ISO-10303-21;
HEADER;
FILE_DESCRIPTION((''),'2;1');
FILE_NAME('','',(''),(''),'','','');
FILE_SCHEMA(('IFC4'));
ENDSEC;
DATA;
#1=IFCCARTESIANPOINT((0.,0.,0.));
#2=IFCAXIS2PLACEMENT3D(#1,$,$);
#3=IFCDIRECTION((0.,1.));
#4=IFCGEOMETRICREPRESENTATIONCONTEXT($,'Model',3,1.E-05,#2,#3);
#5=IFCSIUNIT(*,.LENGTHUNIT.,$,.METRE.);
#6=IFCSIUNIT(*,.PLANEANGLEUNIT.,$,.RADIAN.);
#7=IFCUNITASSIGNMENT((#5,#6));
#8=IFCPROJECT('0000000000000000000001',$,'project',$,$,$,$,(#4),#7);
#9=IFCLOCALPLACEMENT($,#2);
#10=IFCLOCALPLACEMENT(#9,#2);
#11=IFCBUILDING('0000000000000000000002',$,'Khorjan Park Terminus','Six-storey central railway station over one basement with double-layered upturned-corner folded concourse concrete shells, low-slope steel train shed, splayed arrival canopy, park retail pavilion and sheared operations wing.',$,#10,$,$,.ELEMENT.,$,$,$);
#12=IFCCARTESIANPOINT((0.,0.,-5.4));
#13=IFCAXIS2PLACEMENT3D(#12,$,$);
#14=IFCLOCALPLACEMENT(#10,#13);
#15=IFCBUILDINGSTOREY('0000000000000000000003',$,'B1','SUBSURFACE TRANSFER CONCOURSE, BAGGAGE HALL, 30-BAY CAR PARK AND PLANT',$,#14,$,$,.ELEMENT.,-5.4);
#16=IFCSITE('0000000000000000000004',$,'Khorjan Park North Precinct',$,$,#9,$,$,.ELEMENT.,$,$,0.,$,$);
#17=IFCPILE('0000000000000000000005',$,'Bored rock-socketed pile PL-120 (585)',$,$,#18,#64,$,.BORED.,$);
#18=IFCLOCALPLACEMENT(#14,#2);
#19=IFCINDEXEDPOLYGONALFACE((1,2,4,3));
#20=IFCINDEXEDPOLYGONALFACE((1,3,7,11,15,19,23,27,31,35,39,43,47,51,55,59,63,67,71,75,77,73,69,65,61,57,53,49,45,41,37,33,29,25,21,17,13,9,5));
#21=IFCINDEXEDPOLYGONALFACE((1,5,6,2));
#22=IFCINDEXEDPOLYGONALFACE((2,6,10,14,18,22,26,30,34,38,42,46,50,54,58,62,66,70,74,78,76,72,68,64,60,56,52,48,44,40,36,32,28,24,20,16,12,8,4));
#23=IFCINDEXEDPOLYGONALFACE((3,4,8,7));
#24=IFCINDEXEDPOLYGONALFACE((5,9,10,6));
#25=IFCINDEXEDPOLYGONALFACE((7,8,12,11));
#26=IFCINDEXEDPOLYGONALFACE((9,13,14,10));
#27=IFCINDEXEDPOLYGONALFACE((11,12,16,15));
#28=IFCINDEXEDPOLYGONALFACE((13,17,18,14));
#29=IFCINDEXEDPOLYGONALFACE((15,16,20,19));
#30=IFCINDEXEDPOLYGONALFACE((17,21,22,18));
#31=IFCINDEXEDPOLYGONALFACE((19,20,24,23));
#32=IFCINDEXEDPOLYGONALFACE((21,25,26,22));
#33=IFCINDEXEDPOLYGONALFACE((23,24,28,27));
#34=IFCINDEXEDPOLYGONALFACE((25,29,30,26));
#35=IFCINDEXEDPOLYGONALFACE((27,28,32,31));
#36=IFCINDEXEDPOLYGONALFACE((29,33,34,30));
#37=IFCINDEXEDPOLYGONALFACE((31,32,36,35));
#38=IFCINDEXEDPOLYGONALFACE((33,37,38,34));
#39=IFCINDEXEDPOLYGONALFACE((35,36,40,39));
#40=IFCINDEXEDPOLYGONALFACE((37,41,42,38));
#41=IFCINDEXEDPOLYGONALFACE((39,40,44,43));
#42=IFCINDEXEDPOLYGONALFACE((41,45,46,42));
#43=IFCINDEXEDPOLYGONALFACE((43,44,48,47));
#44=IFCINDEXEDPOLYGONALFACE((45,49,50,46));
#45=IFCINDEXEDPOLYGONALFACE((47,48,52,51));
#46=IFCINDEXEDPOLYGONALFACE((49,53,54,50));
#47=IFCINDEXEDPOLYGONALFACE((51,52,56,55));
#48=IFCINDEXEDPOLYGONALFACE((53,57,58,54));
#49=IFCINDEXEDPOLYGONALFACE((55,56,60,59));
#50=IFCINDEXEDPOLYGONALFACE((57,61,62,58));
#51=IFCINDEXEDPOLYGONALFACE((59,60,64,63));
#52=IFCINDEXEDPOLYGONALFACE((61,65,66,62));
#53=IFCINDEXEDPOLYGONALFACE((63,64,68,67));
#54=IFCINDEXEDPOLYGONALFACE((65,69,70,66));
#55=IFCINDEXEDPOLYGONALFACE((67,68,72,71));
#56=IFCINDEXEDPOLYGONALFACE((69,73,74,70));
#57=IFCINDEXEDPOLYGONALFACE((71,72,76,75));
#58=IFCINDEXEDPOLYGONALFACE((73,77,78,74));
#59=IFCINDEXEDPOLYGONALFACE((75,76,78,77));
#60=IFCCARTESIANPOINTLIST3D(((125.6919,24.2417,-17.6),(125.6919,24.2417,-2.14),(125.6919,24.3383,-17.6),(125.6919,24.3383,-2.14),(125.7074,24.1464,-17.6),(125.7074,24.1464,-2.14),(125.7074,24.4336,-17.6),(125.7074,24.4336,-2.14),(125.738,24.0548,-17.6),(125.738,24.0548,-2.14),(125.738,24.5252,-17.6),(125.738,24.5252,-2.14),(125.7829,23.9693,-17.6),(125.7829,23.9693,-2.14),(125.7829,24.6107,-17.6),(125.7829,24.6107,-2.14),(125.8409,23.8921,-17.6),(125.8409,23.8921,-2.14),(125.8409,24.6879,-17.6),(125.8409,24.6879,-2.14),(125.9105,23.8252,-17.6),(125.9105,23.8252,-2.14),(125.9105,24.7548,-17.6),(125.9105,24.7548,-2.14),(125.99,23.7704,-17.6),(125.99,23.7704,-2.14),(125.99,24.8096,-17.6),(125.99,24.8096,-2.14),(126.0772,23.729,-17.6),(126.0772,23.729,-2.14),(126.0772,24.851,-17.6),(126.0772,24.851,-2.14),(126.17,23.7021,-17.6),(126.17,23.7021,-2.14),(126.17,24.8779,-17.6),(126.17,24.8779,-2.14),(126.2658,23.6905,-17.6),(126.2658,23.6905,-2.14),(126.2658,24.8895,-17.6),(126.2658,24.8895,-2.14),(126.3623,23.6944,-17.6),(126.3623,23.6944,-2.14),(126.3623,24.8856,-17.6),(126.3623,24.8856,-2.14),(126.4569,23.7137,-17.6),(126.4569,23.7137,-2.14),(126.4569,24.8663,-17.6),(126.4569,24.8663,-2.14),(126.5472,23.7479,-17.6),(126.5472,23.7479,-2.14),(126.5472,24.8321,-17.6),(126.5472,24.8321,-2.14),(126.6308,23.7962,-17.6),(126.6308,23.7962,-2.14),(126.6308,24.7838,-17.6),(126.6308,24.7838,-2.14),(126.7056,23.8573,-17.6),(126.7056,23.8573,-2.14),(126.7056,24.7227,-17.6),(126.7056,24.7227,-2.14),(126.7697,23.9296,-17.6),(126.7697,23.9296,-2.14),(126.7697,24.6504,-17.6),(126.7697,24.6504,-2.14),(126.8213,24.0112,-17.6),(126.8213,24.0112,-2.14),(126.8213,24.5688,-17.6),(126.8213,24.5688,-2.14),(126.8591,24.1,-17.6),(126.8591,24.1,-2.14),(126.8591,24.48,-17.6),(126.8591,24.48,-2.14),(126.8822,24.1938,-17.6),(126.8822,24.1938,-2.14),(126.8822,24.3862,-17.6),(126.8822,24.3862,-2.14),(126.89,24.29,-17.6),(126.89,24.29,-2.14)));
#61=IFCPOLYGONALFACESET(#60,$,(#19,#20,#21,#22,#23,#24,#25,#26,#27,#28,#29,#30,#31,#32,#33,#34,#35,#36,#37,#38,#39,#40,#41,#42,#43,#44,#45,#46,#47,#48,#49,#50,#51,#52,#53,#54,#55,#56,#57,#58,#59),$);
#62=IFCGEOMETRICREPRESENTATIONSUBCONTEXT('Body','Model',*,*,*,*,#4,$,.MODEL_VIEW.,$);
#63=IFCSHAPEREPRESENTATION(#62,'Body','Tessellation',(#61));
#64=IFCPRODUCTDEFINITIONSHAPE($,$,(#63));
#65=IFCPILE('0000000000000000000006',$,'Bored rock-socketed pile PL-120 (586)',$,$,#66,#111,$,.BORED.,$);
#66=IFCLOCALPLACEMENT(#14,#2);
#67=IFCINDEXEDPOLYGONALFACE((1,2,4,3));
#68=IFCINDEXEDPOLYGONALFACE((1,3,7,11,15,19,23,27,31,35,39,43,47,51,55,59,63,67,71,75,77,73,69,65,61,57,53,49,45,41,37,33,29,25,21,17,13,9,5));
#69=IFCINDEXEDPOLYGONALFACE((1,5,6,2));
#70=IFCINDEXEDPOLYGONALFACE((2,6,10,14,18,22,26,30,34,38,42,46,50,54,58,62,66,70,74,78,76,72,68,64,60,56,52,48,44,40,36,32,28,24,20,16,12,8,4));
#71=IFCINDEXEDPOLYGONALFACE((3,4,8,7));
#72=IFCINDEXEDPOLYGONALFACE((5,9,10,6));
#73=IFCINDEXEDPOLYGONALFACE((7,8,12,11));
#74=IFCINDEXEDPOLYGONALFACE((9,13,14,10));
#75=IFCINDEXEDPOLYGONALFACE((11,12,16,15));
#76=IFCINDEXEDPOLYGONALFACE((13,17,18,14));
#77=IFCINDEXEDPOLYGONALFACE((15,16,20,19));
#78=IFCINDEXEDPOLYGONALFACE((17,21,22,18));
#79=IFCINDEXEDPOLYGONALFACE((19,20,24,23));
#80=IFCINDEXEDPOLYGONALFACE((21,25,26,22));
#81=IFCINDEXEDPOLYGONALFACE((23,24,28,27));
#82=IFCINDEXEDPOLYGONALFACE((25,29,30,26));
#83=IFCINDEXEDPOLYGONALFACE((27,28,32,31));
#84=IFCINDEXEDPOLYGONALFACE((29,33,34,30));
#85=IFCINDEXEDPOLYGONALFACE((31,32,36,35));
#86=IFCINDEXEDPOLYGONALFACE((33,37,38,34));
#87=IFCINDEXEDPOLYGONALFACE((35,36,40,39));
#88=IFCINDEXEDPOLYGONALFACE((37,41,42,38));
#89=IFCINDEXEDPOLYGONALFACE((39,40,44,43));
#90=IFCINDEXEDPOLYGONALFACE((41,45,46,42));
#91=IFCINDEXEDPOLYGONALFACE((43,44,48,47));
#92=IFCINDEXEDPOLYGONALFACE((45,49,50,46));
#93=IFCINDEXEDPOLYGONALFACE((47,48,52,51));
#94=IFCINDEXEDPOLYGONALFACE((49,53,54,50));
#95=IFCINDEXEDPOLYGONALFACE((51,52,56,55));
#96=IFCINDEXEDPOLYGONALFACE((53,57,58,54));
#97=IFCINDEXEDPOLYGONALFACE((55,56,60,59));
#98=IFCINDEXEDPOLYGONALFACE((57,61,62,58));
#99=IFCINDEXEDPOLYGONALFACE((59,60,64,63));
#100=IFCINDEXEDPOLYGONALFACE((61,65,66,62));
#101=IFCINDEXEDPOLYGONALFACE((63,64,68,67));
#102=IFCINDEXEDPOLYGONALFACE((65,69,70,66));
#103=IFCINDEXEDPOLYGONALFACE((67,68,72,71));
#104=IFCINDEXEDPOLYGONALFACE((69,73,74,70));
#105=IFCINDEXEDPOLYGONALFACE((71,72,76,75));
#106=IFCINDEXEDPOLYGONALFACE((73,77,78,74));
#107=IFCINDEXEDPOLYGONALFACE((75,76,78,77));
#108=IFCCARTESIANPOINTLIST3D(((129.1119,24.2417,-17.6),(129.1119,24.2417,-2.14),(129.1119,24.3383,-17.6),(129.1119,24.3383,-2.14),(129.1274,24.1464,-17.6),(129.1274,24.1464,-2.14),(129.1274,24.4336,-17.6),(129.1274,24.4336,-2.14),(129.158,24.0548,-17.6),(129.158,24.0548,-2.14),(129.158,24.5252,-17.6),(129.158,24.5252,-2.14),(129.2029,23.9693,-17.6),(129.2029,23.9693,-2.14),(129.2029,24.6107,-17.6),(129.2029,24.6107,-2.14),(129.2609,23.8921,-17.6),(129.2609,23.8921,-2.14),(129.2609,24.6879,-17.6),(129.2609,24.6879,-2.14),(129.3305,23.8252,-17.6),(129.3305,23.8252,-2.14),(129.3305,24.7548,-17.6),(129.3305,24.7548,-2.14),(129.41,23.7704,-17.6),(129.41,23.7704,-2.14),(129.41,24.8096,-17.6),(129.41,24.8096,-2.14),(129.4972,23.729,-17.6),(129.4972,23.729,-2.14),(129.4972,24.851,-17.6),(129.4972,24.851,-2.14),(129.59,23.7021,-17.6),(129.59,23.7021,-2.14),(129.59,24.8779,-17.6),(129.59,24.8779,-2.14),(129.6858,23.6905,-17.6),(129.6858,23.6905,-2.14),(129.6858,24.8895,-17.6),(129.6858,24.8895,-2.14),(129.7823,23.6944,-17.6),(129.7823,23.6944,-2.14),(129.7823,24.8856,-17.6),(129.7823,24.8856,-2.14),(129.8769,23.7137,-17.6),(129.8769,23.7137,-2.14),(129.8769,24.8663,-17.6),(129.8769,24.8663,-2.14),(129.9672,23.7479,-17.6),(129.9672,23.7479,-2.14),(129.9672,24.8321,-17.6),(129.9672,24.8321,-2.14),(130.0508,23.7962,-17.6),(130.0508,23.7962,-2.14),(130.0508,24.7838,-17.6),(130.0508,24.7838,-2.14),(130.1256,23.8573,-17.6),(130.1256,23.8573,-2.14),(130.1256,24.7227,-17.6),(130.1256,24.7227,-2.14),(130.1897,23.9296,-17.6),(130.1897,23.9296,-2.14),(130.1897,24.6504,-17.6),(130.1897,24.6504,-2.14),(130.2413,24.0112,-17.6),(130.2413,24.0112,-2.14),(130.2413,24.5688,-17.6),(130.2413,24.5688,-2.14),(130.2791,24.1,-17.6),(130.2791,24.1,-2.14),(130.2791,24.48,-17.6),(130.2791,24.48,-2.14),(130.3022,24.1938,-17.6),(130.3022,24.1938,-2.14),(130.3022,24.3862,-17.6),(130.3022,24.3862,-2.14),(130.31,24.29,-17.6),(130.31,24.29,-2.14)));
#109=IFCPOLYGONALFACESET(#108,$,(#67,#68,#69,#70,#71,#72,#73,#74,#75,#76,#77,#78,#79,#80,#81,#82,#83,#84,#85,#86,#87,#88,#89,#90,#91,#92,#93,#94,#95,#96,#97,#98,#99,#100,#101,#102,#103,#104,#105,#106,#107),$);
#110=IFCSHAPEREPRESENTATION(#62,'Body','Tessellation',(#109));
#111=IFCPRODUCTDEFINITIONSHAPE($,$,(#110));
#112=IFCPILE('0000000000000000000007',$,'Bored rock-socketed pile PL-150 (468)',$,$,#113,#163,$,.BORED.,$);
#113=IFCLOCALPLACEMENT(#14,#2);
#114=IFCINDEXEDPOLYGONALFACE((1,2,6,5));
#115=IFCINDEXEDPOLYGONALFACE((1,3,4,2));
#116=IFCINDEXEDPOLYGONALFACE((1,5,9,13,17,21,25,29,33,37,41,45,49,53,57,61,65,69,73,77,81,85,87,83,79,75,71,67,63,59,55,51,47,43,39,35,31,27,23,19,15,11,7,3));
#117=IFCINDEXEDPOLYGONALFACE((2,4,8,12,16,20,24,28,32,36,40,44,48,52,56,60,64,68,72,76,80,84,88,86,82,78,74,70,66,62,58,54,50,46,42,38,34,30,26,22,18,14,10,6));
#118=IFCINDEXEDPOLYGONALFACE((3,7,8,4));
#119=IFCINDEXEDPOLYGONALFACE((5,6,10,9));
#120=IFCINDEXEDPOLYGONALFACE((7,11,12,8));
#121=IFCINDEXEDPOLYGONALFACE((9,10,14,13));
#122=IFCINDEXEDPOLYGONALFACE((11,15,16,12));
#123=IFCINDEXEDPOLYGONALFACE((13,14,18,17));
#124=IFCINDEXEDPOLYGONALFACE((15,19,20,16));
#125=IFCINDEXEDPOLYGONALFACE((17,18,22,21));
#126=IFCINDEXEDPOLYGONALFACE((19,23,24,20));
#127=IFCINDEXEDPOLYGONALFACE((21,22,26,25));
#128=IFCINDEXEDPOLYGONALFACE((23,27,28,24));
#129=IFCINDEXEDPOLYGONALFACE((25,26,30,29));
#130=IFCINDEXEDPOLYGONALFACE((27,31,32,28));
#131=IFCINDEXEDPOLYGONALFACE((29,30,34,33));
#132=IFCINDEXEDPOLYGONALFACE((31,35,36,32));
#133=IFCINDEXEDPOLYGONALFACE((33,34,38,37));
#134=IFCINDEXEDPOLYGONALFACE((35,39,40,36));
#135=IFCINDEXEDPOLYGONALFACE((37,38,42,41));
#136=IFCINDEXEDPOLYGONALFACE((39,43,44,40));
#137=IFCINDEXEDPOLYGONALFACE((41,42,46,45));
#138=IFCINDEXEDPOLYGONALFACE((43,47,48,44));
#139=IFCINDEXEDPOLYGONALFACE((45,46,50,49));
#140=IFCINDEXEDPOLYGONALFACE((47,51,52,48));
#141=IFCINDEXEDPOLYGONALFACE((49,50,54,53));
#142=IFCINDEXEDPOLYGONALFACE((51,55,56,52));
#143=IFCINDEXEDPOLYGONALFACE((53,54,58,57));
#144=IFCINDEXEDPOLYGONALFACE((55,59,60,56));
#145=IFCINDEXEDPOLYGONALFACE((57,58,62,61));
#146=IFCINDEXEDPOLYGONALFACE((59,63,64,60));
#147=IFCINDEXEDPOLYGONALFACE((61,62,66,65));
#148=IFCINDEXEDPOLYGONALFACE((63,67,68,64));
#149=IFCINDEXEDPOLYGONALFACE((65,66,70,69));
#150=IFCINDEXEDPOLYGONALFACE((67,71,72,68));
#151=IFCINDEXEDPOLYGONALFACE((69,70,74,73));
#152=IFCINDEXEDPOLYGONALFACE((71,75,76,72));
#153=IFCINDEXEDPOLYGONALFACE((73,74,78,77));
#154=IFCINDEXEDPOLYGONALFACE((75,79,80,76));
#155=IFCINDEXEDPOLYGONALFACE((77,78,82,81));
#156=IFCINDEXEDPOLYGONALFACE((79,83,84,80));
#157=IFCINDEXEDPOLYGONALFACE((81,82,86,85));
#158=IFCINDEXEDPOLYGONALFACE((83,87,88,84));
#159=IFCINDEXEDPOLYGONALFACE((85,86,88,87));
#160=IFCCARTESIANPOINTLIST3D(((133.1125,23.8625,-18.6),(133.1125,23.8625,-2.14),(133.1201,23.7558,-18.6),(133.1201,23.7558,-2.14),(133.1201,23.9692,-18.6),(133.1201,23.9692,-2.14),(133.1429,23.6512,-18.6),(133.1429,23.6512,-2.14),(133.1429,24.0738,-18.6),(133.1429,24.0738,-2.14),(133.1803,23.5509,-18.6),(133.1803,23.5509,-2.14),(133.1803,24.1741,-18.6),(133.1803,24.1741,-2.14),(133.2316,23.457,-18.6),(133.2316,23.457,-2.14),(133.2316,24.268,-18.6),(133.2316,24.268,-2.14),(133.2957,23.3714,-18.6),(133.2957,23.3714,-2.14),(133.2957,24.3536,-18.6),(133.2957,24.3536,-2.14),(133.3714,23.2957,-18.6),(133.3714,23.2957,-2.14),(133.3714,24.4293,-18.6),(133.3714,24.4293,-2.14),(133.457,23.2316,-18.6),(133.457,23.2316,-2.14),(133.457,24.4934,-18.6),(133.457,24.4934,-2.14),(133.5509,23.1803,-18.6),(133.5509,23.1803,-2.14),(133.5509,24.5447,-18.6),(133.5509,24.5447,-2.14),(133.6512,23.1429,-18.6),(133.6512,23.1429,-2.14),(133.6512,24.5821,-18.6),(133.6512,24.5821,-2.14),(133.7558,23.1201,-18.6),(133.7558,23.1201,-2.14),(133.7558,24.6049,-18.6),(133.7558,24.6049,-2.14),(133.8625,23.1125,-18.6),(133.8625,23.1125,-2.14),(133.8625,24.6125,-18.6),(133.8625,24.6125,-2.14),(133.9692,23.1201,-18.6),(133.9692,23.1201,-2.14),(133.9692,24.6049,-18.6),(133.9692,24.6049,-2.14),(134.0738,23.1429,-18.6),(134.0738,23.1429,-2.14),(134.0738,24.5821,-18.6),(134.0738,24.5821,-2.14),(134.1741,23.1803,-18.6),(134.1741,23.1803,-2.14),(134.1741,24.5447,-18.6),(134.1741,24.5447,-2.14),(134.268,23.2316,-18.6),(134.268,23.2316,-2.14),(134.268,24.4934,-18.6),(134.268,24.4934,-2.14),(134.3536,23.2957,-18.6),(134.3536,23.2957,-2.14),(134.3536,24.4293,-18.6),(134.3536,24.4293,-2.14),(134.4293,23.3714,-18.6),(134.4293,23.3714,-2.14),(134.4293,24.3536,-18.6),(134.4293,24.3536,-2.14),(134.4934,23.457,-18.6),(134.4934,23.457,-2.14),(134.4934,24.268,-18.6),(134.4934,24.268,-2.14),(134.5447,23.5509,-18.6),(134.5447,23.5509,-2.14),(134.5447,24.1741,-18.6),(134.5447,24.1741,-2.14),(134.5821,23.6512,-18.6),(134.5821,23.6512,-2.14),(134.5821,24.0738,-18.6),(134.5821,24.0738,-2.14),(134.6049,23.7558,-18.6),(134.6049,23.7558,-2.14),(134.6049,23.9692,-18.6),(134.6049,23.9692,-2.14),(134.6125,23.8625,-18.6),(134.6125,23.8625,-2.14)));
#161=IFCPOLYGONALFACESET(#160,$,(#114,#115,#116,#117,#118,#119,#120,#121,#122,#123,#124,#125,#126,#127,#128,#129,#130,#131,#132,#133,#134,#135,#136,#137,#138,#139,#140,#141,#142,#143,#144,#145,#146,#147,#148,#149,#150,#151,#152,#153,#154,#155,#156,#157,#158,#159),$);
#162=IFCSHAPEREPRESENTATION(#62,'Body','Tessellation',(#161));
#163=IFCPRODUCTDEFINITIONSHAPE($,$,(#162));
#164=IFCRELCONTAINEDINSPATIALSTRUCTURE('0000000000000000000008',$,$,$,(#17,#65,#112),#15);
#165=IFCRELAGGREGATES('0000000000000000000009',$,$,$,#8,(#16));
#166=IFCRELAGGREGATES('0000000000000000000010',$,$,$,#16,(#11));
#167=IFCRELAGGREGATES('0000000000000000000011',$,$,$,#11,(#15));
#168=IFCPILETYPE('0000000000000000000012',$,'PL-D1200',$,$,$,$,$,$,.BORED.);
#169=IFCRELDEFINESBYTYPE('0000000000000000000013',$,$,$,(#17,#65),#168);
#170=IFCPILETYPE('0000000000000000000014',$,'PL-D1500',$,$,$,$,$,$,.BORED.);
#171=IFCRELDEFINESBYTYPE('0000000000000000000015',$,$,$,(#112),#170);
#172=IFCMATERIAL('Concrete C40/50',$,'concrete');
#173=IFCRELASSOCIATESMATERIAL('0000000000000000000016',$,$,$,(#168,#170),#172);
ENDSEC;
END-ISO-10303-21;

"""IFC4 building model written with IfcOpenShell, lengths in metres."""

from ifc_helpers import new_model, si_unit, direction, frame, origin, origin_2d, place, context, subcontext, project, spatial, circle, extrude, material, material_profile, profile_set, type_object, element, save


model = new_model("IFC4")

# Units and contexts
model_context = context("Model", 3, precision=1e-05, world=origin(), true_north=direction((0.0, 1.0)))
body_context = subcontext(model_context, "Body", "Model", "MODEL_VIEW")
ifc_project = project(units=[si_unit("LENGTHUNIT", "METRE"), si_unit("PLANEANGLEUNIT", "RADIAN")], contexts=[model_context])

# Site, building, storey
site_placement = place(None, origin())
site = spatial("IfcSite", under=ifc_project, at=site_placement, Name="Khorjan Park North Precinct", CompositionType="ELEMENT", RefElevation=0.0)
building_placement = place(site_placement, origin())
building = spatial("IfcBuilding", under=site, at=building_placement, Name="Khorjan Park Terminus", Description="Six-storey central railway station over one basement with double-layered upturned-corner folded concourse concrete shells, low-slope steel train shed, splayed arrival canopy, park retail pavilion and sheared operations wing.", CompositionType="ELEMENT")
storey_placement = place(building_placement, frame((0.0, 0.0, -5.4)))
storey = spatial("IfcBuildingStorey", under=building, at=storey_placement, Name="B1", Description="SUBSURFACE TRANSFER CONCOURSE, BAGGAGE HALL, 30-BAY CAR PARK AND PLANT", CompositionType="ELEMENT", Elevation=-5.4)

# Piles
ifc_material_1 = material(Name="Concrete C40/50", Category="concrete")
ifc_material_profile_1 = material_profile(ifc_material_1, circle(Radius=0.6, at=origin_2d()), Name="BORED D1200")
ifc_profile_set_1 = profile_set([ifc_material_profile_1], Name="Concrete C40/50")
pile_type_1 = type_object("IfcPileType", Name="PL-D1200", PredefinedType="BORED", material=ifc_profile_set_1)
for number, where, z_axis, x_axis, name in (
    (1, (126.29, 24.29, -2.14), (0.0, 0.0, -1.0), (1.0, 0.0, 0.0), "Bored rock-socketed pile PL-120 (585)"),
    (2, (129.71, 24.29, -2.14), (0.0, 0.0, -1.0), (1.0, 0.0, 0.0), "Bored rock-socketed pile PL-120 (586)"),
):
    element("IfcPile", number, at=place(storey_placement, frame(where, z_axis=z_axis, x_axis=x_axis)), inside=storey, type_object=pile_type_1, Name=name, PredefinedType="BORED", context=body_context, shape_type="SweptSolid", body=[
        extrude(circle(Radius=0.6, at=origin_2d()), origin(), (0.0, 0.0, 1.0), 15.46),
    ])
ifc_material_profile_2 = material_profile(ifc_material_1, circle(Radius=0.75, at=origin_2d()), Name="BORED D1500")
ifc_profile_set_2 = profile_set([ifc_material_profile_2], Name="Concrete C40/50")
pile_type_2 = type_object("IfcPileType", Name="PL-D1500", PredefinedType="BORED", material=ifc_profile_set_2)
for number, where, z_axis, x_axis, name in (
    (3, (133.8625, 23.8625, -2.14), (0.0, 0.0, -1.0), (1.0, 0.0, 0.0), "Bored rock-socketed pile PL-150 (468)"),
):
    element("IfcPile", number, at=place(storey_placement, frame(where, z_axis=z_axis, x_axis=x_axis)), inside=storey, type_object=pile_type_2, Name=name, PredefinedType="BORED", context=body_context, shape_type="SweptSolid", body=[
        extrude(circle(Radius=0.75, at=origin_2d()), origin(), (0.0, 0.0, 1.0), 16.46),
    ])

save(model, "model.ifc")
